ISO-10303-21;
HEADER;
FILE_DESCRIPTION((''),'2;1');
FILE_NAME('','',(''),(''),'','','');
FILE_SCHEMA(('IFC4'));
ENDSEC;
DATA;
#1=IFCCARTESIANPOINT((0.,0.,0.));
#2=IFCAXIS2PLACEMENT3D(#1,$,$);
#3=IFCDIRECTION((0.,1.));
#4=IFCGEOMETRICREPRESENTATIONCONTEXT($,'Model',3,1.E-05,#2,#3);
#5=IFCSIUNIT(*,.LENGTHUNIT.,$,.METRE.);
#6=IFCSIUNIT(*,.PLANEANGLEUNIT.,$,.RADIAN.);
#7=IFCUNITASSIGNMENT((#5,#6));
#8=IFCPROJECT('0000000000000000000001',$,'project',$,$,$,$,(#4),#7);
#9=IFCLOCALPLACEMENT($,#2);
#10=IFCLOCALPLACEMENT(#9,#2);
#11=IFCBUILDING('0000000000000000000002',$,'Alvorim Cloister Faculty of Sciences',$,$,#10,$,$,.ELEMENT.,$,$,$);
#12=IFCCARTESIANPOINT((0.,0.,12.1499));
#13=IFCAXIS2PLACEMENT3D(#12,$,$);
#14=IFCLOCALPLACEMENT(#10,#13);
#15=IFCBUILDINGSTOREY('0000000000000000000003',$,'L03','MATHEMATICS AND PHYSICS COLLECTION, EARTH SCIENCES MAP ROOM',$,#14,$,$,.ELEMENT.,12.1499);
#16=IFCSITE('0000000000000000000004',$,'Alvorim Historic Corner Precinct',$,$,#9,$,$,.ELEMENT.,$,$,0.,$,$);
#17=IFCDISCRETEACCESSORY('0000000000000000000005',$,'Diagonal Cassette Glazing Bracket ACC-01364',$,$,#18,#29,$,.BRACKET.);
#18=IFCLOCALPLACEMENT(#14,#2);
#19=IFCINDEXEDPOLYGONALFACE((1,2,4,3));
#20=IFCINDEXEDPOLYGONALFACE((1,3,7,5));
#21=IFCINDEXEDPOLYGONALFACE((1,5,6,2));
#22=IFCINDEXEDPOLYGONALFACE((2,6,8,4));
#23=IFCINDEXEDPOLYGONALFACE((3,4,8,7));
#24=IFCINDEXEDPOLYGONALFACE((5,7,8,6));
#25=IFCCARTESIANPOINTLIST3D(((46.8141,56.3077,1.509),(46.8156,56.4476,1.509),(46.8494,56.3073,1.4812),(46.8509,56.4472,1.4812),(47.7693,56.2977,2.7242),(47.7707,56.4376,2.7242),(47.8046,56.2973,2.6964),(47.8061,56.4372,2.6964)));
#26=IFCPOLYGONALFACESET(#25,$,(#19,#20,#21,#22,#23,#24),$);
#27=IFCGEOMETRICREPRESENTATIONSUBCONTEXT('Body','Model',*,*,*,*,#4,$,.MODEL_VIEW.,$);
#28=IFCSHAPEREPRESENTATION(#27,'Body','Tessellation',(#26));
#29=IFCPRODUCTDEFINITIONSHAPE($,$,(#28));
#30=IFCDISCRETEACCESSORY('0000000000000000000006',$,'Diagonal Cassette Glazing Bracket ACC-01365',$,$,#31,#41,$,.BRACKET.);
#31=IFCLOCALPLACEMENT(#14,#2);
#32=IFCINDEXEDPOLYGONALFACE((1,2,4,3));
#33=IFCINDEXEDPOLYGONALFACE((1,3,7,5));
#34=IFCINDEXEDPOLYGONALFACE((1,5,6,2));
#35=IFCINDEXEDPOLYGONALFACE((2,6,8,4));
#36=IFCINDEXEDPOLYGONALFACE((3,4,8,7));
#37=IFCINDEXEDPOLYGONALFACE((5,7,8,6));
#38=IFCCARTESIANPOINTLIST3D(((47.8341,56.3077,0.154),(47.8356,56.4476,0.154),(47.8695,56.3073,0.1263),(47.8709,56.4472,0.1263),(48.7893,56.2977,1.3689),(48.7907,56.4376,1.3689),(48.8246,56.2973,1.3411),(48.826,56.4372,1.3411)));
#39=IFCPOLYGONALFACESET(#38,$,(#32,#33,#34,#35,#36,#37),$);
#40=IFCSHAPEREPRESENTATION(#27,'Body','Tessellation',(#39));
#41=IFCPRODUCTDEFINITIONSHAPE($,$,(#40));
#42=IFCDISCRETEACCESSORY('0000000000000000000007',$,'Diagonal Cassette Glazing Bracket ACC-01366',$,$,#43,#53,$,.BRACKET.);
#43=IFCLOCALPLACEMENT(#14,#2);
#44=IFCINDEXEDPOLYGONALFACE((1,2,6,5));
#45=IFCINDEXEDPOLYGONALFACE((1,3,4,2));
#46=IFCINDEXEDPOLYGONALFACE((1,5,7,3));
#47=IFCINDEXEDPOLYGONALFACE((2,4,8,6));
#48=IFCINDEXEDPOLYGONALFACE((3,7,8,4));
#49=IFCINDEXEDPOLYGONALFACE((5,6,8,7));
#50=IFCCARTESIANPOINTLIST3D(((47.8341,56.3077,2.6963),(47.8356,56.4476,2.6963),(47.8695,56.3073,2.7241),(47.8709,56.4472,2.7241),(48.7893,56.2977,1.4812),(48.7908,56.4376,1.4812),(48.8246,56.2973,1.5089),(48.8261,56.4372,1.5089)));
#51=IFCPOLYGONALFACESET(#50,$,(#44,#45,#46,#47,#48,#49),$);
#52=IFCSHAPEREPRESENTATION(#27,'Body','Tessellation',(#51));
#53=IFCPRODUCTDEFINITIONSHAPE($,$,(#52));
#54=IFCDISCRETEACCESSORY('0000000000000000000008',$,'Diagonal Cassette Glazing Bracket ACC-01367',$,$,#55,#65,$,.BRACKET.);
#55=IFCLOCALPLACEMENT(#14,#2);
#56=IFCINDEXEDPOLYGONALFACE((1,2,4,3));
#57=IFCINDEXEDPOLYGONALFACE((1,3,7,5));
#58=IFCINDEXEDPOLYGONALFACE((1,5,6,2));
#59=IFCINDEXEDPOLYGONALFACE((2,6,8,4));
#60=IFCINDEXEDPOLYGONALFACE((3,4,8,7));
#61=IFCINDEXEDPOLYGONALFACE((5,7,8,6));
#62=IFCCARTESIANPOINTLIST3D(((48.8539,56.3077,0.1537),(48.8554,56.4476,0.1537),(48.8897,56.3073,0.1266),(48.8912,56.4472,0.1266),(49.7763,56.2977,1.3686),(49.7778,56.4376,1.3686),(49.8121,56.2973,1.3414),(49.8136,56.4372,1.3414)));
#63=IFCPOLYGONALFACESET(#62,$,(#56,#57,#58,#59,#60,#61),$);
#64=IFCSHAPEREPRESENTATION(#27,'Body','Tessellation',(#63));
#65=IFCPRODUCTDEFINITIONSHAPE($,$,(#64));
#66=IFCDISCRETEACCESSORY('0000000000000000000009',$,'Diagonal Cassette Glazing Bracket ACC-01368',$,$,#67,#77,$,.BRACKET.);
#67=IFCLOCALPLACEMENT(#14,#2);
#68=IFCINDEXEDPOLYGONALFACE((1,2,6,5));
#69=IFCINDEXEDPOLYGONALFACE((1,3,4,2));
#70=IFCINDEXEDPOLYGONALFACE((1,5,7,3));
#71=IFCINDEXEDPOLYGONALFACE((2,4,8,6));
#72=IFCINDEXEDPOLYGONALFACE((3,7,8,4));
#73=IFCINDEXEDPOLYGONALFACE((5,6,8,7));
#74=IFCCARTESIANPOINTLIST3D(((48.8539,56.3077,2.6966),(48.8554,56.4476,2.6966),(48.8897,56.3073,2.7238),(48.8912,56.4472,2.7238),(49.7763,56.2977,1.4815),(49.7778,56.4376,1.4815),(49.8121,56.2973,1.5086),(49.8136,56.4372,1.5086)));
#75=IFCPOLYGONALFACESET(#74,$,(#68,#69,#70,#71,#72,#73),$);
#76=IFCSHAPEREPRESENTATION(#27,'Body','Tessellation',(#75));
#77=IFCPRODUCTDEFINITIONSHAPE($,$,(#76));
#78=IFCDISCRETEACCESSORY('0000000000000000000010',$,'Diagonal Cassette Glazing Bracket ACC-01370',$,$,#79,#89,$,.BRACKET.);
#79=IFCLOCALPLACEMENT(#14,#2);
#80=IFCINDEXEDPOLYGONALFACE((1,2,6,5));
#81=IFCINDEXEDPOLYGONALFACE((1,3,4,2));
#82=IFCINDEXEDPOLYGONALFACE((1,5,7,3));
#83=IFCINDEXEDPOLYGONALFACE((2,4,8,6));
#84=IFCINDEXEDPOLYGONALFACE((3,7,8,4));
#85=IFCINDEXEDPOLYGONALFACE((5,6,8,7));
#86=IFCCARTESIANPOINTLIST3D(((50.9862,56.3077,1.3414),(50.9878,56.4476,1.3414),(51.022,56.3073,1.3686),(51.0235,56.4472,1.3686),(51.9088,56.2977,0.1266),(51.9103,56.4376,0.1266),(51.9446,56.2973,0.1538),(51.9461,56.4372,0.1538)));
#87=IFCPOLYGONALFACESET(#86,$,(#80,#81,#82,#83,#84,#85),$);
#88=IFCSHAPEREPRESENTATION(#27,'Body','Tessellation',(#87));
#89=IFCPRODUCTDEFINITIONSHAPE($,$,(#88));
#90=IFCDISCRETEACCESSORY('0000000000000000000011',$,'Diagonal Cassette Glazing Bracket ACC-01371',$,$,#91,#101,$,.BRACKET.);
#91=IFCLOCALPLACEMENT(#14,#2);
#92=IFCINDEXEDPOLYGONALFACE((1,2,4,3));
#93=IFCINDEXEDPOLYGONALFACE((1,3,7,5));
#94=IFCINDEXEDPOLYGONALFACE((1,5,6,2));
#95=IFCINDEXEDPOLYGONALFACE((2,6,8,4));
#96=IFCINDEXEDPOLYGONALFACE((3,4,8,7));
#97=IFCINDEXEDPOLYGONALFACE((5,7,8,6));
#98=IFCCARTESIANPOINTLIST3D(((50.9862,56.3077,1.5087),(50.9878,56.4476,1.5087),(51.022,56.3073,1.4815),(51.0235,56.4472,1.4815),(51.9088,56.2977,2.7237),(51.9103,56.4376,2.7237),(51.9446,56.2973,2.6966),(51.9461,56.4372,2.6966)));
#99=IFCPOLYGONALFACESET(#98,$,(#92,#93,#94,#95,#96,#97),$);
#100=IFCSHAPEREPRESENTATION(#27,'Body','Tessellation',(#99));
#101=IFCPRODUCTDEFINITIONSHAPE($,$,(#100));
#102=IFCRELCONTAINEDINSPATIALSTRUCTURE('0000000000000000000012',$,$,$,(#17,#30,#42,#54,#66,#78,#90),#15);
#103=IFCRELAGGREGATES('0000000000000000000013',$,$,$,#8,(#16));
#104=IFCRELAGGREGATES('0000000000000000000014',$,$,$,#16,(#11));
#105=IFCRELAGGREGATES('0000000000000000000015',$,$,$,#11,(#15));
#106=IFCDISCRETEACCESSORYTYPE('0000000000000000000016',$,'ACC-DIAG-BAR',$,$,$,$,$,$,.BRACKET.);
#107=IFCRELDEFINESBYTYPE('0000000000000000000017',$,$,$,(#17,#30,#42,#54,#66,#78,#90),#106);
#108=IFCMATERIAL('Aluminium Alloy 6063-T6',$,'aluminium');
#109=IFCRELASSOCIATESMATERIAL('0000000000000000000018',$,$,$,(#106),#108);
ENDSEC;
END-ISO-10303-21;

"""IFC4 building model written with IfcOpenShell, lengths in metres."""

from ifc_helpers import new_model, si_unit, direction, frame, origin, origin_2d, place, context, subcontext, project, spatial, rectangle, extrude, material, type_object, element, save


model = new_model("IFC4")

# Units and contexts
model_context = context("Model", 3, precision=1e-05, world=origin(), true_north=direction((0.0, 1.0)))
body_context = subcontext(model_context, "Body", "Model", "MODEL_VIEW")
ifc_project = project(units=[si_unit("LENGTHUNIT", "METRE"), si_unit("PLANEANGLEUNIT", "RADIAN")], contexts=[model_context])

# Site, building, storey
site_placement = place(None, origin())
site = spatial("IfcSite", under=ifc_project, at=site_placement, Name="Alvorim Historic Corner Precinct", CompositionType="ELEMENT", RefElevation=0.0)
building_placement = place(site_placement, origin())
building = spatial("IfcBuilding", under=site, at=building_placement, Name="Alvorim Cloister Faculty of Sciences", CompositionType="ELEMENT")
storey_placement = place(building_placement, frame((0.0, 0.0, 12.1499)))
storey = spatial("IfcBuildingStorey", under=building, at=storey_placement, Name="L03", Description="MATHEMATICS AND PHYSICS COLLECTION, EARTH SCIENCES MAP ROOM", CompositionType="ELEMENT", Elevation=12.1499)

# Shared definitions
ifc_material_1 = material(Name="Aluminium Alloy 6063-T6", Category="aluminium")

# Discrete accessories
discrete_accessory_type = type_object("IfcDiscreteAccessoryType", Name="ACC-DIAG-BAR", PredefinedType="BRACKET", material=ifc_material_1)
discrete_accessory_1_placement = place(storey_placement, frame((46.8325, 56.3774, 1.4951), z_axis=(0.617955, -0.006477, 0.786187), x_axis=(0.01048, 0.999945, 0.0)))
element("IfcDiscreteAccessory", 1, at=discrete_accessory_1_placement, inside=storey, type_object=discrete_accessory_type, Name="Diagonal Cassette Glazing Bracket ACC-01364", PredefinedType="BRACKET", context=body_context, shape_type="SweptSolid", body=[
    extrude(rectangle(XDim=0.1399, YDim=0.0449, at=origin_2d()), origin(), (0.0, 0.0, 1.0), 1.5457),
])
discrete_accessory_2_placement = place(storey_placement, frame((47.8525, 56.3774, 0.1401), z_axis=(0.618032, -0.006477, 0.786126), x_axis=(0.01048, 0.999945, 0.0)))
element("IfcDiscreteAccessory", 2, at=discrete_accessory_2_placement, inside=storey, type_object=discrete_accessory_type, Name="Diagonal Cassette Glazing Bracket ACC-01365", PredefinedType="BRACKET", context=body_context, shape_type="SweptSolid", body=[
    extrude(rectangle(XDim=0.1399, YDim=0.0449, at=origin_2d()), origin(), (0.0, 0.0, 1.0), 1.5454),
])
discrete_accessory_3_placement = place(storey_placement, frame((47.8525, 56.3774, 2.7102), z_axis=(0.617955, -0.006477, -0.786187), x_axis=(0.01048, 0.999945, 0.0)))
element("IfcDiscreteAccessory", 3, at=discrete_accessory_3_placement, inside=storey, type_object=discrete_accessory_type, Name="Diagonal Cassette Glazing Bracket ACC-01366", PredefinedType="BRACKET", context=body_context, shape_type="SweptSolid", body=[
    extrude(rectangle(XDim=0.1399, YDim=0.0449, at=origin_2d()), origin(), (0.0, 0.0, 1.0), 1.5457),
])
discrete_accessory_4_placement = place(storey_placement, frame((48.8726, 56.3774, 0.1401), z_axis=(0.604689, -0.006562, 0.796435), x_axis=(0.010852, 0.999941, 0.0)))
element("IfcDiscreteAccessory", 4, at=discrete_accessory_4_placement, inside=storey, type_object=discrete_accessory_type, Name="Diagonal Cassette Glazing Bracket ACC-01367", PredefinedType="BRACKET", context=body_context, shape_type="SweptSolid", body=[
    extrude(rectangle(XDim=0.1399, YDim=0.0449, at=origin_2d()), origin(), (0.0, 0.0, 1.0), 1.5254),
])
discrete_accessory_5_placement = place(storey_placement, frame((48.8726, 56.3774, 2.7102), z_axis=(0.604612, -0.006561, -0.796493), x_axis=(0.010852, 0.999941, 0.0)))
element("IfcDiscreteAccessory", 5, at=discrete_accessory_5_placement, inside=storey, type_object=discrete_accessory_type, Name="Diagonal Cassette Glazing Bracket ACC-01368", PredefinedType="BRACKET", context=body_context, shape_type="SweptSolid", body=[
    extrude(rectangle(XDim=0.1399, YDim=0.0449, at=origin_2d()), origin(), (0.0, 0.0, 1.0), 1.5256),
])
discrete_accessory_6_placement = place(storey_placement, frame((51.0049, 56.3774, 1.355), z_axis=(0.60479, -0.006562, -0.796358), x_axis=(0.010849, 0.999941, 0.0)))
element("IfcDiscreteAccessory", 6, at=discrete_accessory_6_placement, inside=storey, type_object=discrete_accessory_type, Name="Diagonal Cassette Glazing Bracket ACC-01370", PredefinedType="BRACKET", context=body_context, shape_type="SweptSolid", body=[
    extrude(rectangle(XDim=0.1399, YDim=0.0449, at=origin_2d()), origin(), (0.0, 0.0, 1.0), 1.5254),
])
discrete_accessory_7_placement = place(storey_placement, frame((51.0049, 56.3774, 1.4951), z_axis=(0.604713, -0.006561, 0.796416), x_axis=(0.010849, 0.999941, 0.0)))
element("IfcDiscreteAccessory", 7, at=discrete_accessory_7_placement, inside=storey, type_object=discrete_accessory_type, Name="Diagonal Cassette Glazing Bracket ACC-01371", PredefinedType="BRACKET", context=body_context, shape_type="SweptSolid", body=[
    extrude(rectangle(XDim=0.1399, YDim=0.0449, at=origin_2d()), origin(), (0.0, 0.0, 1.0), 1.5256),
])

save(model, "model.ifc")
